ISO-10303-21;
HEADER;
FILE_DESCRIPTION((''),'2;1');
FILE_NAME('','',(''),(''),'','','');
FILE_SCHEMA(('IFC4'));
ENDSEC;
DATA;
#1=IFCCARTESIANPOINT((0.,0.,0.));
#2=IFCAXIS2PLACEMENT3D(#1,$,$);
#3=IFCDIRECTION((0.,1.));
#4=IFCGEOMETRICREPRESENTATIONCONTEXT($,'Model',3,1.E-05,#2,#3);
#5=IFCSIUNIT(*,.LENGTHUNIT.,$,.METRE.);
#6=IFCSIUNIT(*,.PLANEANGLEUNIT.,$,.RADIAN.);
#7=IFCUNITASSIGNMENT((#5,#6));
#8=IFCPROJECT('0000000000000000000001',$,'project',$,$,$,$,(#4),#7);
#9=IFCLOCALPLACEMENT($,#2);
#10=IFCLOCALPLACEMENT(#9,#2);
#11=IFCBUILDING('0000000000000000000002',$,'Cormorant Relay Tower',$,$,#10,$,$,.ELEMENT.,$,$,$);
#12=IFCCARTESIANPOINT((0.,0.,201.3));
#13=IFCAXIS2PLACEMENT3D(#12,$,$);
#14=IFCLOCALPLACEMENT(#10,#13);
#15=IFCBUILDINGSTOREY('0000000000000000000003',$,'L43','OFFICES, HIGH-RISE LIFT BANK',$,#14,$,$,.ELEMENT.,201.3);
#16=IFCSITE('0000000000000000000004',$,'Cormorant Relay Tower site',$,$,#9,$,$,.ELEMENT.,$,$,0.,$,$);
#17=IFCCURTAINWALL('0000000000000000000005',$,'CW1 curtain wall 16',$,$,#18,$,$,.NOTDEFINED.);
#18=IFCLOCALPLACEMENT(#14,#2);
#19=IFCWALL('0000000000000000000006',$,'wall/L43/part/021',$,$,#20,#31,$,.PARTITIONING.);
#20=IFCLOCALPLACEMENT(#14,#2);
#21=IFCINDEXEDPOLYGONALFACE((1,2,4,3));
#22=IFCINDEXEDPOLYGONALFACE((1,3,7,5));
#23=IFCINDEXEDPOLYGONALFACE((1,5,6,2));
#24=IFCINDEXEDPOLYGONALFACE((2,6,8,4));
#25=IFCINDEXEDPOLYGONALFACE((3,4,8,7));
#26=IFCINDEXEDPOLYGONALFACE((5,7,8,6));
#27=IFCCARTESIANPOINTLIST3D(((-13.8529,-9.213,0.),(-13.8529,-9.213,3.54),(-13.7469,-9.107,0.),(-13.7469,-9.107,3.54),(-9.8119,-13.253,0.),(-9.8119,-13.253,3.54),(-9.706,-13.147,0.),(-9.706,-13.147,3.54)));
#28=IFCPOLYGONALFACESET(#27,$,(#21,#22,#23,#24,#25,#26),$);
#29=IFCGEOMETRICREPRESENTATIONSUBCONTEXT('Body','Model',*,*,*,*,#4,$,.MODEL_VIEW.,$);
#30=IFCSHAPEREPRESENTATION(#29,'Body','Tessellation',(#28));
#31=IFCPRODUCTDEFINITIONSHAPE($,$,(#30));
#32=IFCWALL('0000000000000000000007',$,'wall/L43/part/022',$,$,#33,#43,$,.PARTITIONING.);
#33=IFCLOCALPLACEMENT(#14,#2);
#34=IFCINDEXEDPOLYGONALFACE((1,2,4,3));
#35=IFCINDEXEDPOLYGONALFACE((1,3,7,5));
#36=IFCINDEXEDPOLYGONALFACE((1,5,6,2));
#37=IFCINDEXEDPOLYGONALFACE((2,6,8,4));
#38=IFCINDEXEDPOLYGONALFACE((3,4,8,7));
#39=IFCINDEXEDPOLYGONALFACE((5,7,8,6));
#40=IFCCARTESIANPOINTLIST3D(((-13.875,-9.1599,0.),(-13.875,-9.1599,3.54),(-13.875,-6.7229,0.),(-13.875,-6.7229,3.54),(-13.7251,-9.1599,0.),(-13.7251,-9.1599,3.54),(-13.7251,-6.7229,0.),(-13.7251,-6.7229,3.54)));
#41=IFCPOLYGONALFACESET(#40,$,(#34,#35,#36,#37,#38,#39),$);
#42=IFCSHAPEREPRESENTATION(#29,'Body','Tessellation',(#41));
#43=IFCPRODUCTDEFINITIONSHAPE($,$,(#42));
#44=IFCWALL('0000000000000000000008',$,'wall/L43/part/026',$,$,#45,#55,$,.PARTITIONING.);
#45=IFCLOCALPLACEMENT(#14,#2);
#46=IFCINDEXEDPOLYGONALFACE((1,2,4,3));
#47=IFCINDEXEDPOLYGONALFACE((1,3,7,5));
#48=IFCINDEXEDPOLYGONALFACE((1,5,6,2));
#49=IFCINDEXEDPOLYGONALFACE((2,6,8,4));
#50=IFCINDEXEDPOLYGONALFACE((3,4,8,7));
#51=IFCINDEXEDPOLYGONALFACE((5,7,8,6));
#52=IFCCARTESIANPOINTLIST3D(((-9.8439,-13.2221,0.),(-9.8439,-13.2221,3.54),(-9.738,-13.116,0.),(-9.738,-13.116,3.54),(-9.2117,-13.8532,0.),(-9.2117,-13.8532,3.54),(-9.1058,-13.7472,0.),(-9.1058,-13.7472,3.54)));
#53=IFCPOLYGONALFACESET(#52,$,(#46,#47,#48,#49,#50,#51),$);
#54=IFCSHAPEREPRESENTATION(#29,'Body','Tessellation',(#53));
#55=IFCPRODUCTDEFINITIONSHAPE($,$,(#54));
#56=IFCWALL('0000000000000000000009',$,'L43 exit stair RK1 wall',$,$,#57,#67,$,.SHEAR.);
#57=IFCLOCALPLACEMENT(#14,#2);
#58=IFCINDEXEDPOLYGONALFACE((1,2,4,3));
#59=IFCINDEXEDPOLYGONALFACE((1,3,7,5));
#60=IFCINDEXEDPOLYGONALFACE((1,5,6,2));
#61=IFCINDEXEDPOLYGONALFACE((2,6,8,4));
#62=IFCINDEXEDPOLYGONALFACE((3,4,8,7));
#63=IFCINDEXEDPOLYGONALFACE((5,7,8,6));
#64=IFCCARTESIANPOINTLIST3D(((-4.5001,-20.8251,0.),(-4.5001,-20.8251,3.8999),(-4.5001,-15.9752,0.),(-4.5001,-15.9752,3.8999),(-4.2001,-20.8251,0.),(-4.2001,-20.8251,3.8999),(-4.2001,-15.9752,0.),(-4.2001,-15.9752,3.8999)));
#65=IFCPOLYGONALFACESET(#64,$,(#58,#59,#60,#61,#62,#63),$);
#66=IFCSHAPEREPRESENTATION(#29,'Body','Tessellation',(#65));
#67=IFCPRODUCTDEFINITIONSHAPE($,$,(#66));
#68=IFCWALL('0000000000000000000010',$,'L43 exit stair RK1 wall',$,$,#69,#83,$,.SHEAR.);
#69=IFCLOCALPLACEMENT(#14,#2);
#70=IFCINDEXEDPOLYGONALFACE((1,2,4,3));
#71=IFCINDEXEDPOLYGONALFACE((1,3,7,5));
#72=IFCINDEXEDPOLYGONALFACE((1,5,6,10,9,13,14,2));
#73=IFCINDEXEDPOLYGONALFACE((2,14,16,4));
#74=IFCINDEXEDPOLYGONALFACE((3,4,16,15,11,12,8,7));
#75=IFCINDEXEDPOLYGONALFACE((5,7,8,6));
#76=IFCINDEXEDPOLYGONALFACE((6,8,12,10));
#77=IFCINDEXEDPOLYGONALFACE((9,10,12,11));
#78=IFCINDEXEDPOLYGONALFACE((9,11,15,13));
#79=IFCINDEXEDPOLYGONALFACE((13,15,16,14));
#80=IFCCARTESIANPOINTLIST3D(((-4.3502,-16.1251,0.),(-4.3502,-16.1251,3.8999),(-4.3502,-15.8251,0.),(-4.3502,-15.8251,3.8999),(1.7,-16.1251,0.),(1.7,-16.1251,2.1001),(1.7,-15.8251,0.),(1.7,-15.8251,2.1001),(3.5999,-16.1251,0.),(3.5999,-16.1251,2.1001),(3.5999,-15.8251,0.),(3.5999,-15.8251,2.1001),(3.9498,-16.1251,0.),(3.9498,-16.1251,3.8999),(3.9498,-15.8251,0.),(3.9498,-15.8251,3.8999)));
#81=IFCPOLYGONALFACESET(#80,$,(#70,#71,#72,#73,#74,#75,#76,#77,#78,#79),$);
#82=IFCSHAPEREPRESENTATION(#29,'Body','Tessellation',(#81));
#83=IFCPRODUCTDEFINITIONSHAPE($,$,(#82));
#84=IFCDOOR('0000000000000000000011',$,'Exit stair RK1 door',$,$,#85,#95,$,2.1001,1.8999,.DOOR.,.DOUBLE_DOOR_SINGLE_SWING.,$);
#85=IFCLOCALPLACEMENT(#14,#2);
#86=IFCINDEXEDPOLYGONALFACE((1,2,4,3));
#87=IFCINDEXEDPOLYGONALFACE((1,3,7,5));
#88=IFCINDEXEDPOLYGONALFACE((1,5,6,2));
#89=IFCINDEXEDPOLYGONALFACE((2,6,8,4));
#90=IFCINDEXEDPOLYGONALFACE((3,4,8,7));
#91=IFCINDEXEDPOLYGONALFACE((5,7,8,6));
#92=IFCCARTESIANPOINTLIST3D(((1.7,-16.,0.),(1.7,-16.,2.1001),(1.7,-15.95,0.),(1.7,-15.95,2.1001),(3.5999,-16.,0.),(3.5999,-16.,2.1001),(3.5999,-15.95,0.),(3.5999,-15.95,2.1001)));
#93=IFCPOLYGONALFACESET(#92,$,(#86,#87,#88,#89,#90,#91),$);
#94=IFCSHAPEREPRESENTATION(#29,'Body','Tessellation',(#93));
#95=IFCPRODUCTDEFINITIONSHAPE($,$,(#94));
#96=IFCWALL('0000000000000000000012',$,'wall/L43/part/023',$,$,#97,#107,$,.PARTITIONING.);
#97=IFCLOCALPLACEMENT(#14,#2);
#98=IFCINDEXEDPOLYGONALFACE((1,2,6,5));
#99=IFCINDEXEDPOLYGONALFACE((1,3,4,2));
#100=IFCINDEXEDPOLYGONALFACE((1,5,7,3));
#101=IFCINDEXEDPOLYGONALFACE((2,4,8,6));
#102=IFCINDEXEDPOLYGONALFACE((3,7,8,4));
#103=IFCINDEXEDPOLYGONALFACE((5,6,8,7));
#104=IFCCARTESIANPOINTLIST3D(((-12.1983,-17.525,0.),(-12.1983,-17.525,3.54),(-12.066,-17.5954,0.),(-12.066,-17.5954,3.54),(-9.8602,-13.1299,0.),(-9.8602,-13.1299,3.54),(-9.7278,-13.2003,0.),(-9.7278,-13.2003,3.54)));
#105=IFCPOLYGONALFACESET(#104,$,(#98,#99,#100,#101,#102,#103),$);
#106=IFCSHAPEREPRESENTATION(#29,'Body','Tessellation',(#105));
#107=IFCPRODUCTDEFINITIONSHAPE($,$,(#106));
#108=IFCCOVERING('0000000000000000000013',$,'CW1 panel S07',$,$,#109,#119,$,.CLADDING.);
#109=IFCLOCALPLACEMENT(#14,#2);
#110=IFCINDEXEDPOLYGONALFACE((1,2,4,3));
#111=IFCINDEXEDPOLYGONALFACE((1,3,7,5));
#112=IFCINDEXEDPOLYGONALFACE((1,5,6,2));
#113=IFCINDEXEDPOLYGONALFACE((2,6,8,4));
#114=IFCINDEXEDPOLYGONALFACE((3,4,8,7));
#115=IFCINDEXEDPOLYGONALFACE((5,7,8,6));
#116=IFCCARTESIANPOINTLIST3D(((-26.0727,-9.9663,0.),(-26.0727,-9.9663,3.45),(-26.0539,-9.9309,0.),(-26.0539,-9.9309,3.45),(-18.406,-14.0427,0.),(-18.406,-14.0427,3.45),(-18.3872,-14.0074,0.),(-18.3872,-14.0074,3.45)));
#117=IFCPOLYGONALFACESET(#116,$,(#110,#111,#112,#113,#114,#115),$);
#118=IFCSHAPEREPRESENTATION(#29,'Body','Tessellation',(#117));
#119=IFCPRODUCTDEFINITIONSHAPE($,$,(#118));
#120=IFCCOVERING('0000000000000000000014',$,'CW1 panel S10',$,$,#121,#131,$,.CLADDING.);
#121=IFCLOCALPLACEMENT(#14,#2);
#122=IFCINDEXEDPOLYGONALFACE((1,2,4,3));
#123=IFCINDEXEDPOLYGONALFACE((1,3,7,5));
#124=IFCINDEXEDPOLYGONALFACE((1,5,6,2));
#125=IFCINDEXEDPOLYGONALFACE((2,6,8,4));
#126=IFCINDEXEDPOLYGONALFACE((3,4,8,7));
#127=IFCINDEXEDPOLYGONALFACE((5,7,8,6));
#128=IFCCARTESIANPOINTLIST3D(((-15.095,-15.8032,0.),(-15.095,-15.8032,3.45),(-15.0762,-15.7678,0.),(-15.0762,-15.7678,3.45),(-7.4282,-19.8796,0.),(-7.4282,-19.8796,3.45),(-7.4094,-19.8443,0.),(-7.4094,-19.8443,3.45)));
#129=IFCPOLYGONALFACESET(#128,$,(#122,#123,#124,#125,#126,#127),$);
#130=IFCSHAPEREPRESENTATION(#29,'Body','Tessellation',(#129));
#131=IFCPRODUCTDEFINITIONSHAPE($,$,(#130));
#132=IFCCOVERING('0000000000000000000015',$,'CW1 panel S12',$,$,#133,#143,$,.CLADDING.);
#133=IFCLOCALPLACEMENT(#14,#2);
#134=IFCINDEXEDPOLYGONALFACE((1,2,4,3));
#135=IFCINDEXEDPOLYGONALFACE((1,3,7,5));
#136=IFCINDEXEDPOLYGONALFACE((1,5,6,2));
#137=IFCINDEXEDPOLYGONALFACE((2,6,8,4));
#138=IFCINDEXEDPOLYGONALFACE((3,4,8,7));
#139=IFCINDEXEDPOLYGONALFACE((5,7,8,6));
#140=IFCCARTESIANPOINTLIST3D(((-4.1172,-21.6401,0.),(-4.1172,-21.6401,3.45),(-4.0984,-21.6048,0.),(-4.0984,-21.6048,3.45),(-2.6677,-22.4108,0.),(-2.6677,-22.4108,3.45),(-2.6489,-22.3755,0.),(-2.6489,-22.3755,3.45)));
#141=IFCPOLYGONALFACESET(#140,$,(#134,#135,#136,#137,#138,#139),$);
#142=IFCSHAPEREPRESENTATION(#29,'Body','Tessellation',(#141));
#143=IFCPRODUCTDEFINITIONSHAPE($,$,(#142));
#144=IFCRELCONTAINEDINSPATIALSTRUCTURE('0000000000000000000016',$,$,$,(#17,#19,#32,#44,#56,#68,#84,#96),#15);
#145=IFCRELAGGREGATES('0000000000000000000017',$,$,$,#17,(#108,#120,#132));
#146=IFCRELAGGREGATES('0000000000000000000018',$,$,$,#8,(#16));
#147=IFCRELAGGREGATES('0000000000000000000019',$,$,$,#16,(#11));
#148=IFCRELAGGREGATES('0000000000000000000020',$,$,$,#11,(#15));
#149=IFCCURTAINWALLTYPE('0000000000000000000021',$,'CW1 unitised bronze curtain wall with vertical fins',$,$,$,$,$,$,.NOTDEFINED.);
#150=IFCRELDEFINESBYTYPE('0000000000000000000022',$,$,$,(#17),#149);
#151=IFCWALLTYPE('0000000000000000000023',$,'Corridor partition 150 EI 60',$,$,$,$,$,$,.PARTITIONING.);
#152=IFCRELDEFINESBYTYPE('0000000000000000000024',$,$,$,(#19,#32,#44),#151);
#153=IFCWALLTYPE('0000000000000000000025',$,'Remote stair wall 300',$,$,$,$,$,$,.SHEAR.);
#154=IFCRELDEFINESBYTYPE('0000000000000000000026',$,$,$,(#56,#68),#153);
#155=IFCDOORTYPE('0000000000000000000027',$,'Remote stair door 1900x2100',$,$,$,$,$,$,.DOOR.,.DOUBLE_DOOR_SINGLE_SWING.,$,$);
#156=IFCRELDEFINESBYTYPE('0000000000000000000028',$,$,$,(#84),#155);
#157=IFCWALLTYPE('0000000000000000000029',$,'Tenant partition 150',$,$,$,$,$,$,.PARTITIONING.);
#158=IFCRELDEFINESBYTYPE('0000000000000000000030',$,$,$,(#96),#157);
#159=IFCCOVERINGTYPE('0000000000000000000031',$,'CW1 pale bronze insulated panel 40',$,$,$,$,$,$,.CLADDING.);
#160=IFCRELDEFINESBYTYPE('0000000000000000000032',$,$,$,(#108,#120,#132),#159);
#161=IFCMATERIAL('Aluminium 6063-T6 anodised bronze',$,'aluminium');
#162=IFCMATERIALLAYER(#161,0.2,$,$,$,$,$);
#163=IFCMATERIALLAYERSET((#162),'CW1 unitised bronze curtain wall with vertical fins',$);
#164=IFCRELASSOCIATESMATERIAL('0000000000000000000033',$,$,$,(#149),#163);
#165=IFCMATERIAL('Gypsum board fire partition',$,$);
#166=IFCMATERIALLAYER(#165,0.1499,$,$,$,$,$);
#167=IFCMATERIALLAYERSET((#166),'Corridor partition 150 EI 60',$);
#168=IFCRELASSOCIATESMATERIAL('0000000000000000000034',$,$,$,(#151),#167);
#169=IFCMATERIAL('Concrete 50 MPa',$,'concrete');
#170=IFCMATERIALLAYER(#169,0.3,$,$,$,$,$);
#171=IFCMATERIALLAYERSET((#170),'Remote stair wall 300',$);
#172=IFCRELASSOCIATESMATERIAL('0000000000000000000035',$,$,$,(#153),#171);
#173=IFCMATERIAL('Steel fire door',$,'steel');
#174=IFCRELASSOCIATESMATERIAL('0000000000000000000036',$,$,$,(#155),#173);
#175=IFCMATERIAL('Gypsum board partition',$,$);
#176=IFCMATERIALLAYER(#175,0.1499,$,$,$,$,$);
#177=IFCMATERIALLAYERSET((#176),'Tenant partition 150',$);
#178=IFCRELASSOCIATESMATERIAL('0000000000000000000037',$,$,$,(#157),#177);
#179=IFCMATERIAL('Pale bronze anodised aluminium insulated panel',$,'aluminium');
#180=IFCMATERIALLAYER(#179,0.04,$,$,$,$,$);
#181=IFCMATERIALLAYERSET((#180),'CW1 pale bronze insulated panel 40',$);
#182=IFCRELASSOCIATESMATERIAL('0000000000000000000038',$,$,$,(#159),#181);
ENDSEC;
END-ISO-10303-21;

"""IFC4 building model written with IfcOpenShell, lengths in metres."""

from ifc_helpers import new_model, si_unit, direction, frame, frame_2d, origin, origin_2d, place, context, subcontext, project, spatial, rectangle, extrude, material, layer, layer_set, type_object, element, fill, aggregate, save


model = new_model("IFC4")

# Units and contexts
model_context = context("Model", 3, precision=1e-05, world=origin(), true_north=direction((0.0, 1.0)))
body_context = subcontext(model_context, "Body", "Model", "MODEL_VIEW")
ifc_project = project(units=[si_unit("LENGTHUNIT", "METRE"), si_unit("PLANEANGLEUNIT", "RADIAN")], contexts=[model_context])

# Site, building, storey
site_placement = place(None, origin())
site = spatial("IfcSite", under=ifc_project, at=site_placement, Name="Cormorant Relay Tower site", CompositionType="ELEMENT", RefElevation=0.0)
building_placement = place(site_placement, origin())
building = spatial("IfcBuilding", under=site, at=building_placement, Name="Cormorant Relay Tower", CompositionType="ELEMENT")
storey_placement = place(building_placement, frame((0.0, 0.0, 201.3)))
storey = spatial("IfcBuildingStorey", under=building, at=storey_placement, Name="L43", Description="OFFICES, HIGH-RISE LIFT BANK", CompositionType="ELEMENT", Elevation=201.3)

# Curtain wall
ifc_material_1 = material(Name="Aluminium 6063-T6 anodised bronze", Category="aluminium")
ifc_layer_1 = layer(ifc_material_1, 0.2)
ifc_layer_set_1 = layer_set([ifc_layer_1], Name="CW1 unitised bronze curtain wall with vertical fins")
curtain_wall_type = type_object("IfcCurtainWallType", Name="CW1 unitised bronze curtain wall with vertical fins", PredefinedType="NOTDEFINED", material=ifc_layer_set_1)
curtain_wall_placement = place(storey_placement, origin())
curtain_wall = element("IfcCurtainWall", 1, at=curtain_wall_placement, inside=storey, type_object=curtain_wall_type, Name="CW1 curtain wall 16", PredefinedType="NOTDEFINED")

# Walls
ifc_material_2 = material(Name="Gypsum board fire partition")
ifc_layer_2 = layer(ifc_material_2, 0.1499)
ifc_layer_set_2 = layer_set([ifc_layer_2], Name="Corridor partition 150 EI 60")
wall_type_1 = type_object("IfcWallType", Name="Corridor partition 150 EI 60", PredefinedType="PARTITIONING", material=ifc_layer_set_2)
wall_1_placement = place(storey_placement, frame((-9.759, -13.2, 0.0), z_axis=(0.0, 0.0, 1.0), x_axis=(-0.707192, 0.707021, 0.0)))
element("IfcWall", 2, at=wall_1_placement, inside=storey, type_object=wall_type_1, Name="wall/L43/part/021", PredefinedType="PARTITIONING", context=body_context, shape_type="SweptSolid", body=[
    extrude(rectangle(XDim=5.7141, YDim=0.1499, at=frame_2d((2.8569, 0.0))), origin(), (0.0, 0.0, 1.0), 3.54),
])
wall_2_placement = place(storey_placement, frame((-13.8, -9.1599, 0.0), z_axis=(0.0, 0.0, 1.0), x_axis=(0.0, 1.0, 0.0)))
element("IfcWall", 3, at=wall_2_placement, inside=storey, type_object=wall_type_1, Name="wall/L43/part/022", PredefinedType="PARTITIONING", context=body_context, shape_type="SweptSolid", body=[
    extrude(rectangle(XDim=2.437, YDim=0.1499, at=frame_2d((1.2185, 0.0))), origin(), (0.0, 0.0, 1.0), 3.54),
])
wall_3_placement = place(storey_placement, frame((-9.791, -13.1689, 0.0), z_axis=(0.0, 0.0, 1.0), x_axis=(0.707653, -0.70656, 0.0)))
element("IfcWall", 4, at=wall_3_placement, inside=storey, type_object=wall_type_1, Name="wall/L43/part/026", PredefinedType="PARTITIONING", context=body_context, shape_type="SweptSolid", body=[
    extrude(rectangle(XDim=0.8933, YDim=0.1499, at=frame_2d((0.4468, 0.0))), origin(), (0.0, 0.0, 1.0), 3.54),
])
ifc_material_3 = material(Name="Concrete 50 MPa", Category="concrete")
ifc_layer_3 = layer(ifc_material_3, 0.3)
ifc_layer_set_3 = layer_set([ifc_layer_3], Name="Remote stair wall 300")
wall_type_2 = type_object("IfcWallType", Name="Remote stair wall 300", PredefinedType="SHEAR", material=ifc_layer_set_3)
wall_4_placement = place(storey_placement, frame((-4.3501, -20.825, 0.0), z_axis=(0.0, 0.0, 1.0), x_axis=(0.0, 1.0, 0.0)))
element("IfcWall", 5, at=wall_4_placement, inside=storey, type_object=wall_type_2, Name="L43 exit stair RK1 wall", PredefinedType="SHEAR", context=body_context, shape_type="SweptSolid", body=[
    extrude(rectangle(XDim=4.8499, YDim=0.3, at=frame_2d((2.4248, 0.0))), origin(), (0.0, 0.0, 1.0), 3.8999),
])

# Wall, opening, door
wall_5_placement = place(storey_placement, frame((-4.3501, -15.9751, 0.0), z_axis=(0.0, 0.0, 1.0), x_axis=(1.0, 0.0, 0.0)))
wall_5 = element("IfcWall", 6, at=wall_5_placement, inside=storey, type_object=wall_type_2, Name="L43 exit stair RK1 wall", PredefinedType="SHEAR", context=body_context, shape_type="SweptSolid", body=[
    extrude(rectangle(XDim=8.3, YDim=0.3, at=frame_2d((4.1499, 0.0))), origin(), (0.0, 0.0, 1.0), 3.8999),
])
opening_placement = place(wall_5_placement, frame((6.05, 0.0, 0.0)))
opening = element("IfcOpeningElement", 7, at=opening_placement, cuts=wall_5, PredefinedType="OPENING", context=body_context, shape_type="SweptSolid", body=[
    extrude(rectangle(XDim=1.8999, YDim=2.1001, at=frame_2d((0.95, 1.05))), frame((0.0, 0.1599, 0.0), z_axis=(0.0, -1.0, 0.0), x_axis=(1.0, 0.0, 0.0)), (0.0, 0.0, 1.0), 0.3201),
])
ifc_material_4 = material(Name="Steel fire door", Category="steel")
door_type = type_object("IfcDoorType", Name="Remote stair door 1900x2100", OperationType="DOUBLE_DOOR_SINGLE_SWING", PredefinedType="DOOR", material=ifc_material_4)
door_placement = place(opening_placement, frame((1.8999, 0.0, 0.0), z_axis=(0.0, 0.0, 1.0), x_axis=(-1.0, 0.0, 0.0)))
door = element("IfcDoor", 8, at=door_placement, inside=storey, type_object=door_type, Name="Exit stair RK1 door", OperationType="DOUBLE_DOOR_SINGLE_SWING", OverallHeight=2.1001, OverallWidth=1.8999, PredefinedType="DOOR", context=body_context, shape_type="SweptSolid", body=[
    extrude(rectangle(XDim=1.8999, YDim=2.1001, at=frame_2d((0.95, 1.05))), frame((0.0, 0.0249, 0.0), z_axis=(0.0, -1.0, 0.0), x_axis=(1.0, 0.0, 0.0)), (0.0, 0.0, 1.0), 0.05),
])
fill(opening, door)

# Wall
ifc_material_5 = material(Name="Gypsum board partition")
ifc_layer_4 = layer(ifc_material_5, 0.1499)
ifc_layer_set_4 = layer_set([ifc_layer_4], Name="Tenant partition 150")
wall_type_3 = type_object("IfcWallType", Name="Tenant partition 150", PredefinedType="PARTITIONING", material=ifc_layer_set_4)
wall_6_placement = place(storey_placement, frame((-9.7939, -13.165, 0.0), z_axis=(0.0, 0.0, 1.0), x_axis=(-0.469669, -0.882843, 0.0)))
element("IfcWall", 9, at=wall_6_placement, inside=storey, type_object=wall_type_3, Name="wall/L43/part/023", PredefinedType="PARTITIONING", context=body_context, shape_type="SweptSolid", body=[
    extrude(rectangle(XDim=4.9783, YDim=0.1499, at=frame_2d((2.4893, 0.0))), origin(), (0.0, 0.0, 1.0), 3.54),
])

# Coverings
ifc_material_6 = material(Name="Pale bronze anodised aluminium insulated panel", Category="aluminium")
ifc_layer_5 = layer(ifc_material_6, 0.04)
ifc_layer_set_5 = layer_set([ifc_layer_5], Name="CW1 pale bronze insulated panel 40")
covering_type = type_object("IfcCoveringType", Name="CW1 pale bronze insulated panel 40", PredefinedType="CLADDING", material=ifc_layer_set_5)
covering_1_placement = place(storey_placement, frame((-22.23, -11.9868, 0.0), z_axis=(0.0, 0.0, 1.0), x_axis=(0.882948, -0.469472, 0.0)))
covering_1 = element("IfcCovering", 10, at=covering_1_placement, type_object=covering_type, Name="CW1 panel S07", PredefinedType="CLADDING", context=body_context, shape_type="SweptSolid", body=[
    extrude(rectangle(XDim=8.6831, YDim=0.04, at=origin_2d()), origin(), (0.0, 0.0, 1.0), 3.45),
])
covering_2_placement = place(storey_placement, frame((-11.2522, -17.8237, 0.0), z_axis=(0.0, 0.0, 1.0), x_axis=(0.882948, -0.469472, 0.0)))
covering_2 = element("IfcCovering", 11, at=covering_2_placement, type_object=covering_type, Name="CW1 panel S10", PredefinedType="CLADDING", context=body_context, shape_type="SweptSolid", body=[
    extrude(rectangle(XDim=8.6831, YDim=0.04, at=origin_2d()), origin(), (0.0, 0.0, 1.0), 3.45),
])
covering_3_placement = place(storey_placement, frame((-3.3831, -22.0078, 0.0), z_axis=(0.0, 0.0, 1.0), x_axis=(0.882948, -0.469472, 0.0)))
covering_3 = element("IfcCovering", 12, at=covering_3_placement, type_object=covering_type, Name="CW1 panel S12", PredefinedType="CLADDING", context=body_context, shape_type="SweptSolid", body=[
    extrude(rectangle(XDim=1.6416, YDim=0.04, at=origin_2d()), origin(), (0.0, 0.0, 1.0), 3.45),
])
aggregate(curtain_wall, [covering_1, covering_2, covering_3])

save(model, "model.ifc")
